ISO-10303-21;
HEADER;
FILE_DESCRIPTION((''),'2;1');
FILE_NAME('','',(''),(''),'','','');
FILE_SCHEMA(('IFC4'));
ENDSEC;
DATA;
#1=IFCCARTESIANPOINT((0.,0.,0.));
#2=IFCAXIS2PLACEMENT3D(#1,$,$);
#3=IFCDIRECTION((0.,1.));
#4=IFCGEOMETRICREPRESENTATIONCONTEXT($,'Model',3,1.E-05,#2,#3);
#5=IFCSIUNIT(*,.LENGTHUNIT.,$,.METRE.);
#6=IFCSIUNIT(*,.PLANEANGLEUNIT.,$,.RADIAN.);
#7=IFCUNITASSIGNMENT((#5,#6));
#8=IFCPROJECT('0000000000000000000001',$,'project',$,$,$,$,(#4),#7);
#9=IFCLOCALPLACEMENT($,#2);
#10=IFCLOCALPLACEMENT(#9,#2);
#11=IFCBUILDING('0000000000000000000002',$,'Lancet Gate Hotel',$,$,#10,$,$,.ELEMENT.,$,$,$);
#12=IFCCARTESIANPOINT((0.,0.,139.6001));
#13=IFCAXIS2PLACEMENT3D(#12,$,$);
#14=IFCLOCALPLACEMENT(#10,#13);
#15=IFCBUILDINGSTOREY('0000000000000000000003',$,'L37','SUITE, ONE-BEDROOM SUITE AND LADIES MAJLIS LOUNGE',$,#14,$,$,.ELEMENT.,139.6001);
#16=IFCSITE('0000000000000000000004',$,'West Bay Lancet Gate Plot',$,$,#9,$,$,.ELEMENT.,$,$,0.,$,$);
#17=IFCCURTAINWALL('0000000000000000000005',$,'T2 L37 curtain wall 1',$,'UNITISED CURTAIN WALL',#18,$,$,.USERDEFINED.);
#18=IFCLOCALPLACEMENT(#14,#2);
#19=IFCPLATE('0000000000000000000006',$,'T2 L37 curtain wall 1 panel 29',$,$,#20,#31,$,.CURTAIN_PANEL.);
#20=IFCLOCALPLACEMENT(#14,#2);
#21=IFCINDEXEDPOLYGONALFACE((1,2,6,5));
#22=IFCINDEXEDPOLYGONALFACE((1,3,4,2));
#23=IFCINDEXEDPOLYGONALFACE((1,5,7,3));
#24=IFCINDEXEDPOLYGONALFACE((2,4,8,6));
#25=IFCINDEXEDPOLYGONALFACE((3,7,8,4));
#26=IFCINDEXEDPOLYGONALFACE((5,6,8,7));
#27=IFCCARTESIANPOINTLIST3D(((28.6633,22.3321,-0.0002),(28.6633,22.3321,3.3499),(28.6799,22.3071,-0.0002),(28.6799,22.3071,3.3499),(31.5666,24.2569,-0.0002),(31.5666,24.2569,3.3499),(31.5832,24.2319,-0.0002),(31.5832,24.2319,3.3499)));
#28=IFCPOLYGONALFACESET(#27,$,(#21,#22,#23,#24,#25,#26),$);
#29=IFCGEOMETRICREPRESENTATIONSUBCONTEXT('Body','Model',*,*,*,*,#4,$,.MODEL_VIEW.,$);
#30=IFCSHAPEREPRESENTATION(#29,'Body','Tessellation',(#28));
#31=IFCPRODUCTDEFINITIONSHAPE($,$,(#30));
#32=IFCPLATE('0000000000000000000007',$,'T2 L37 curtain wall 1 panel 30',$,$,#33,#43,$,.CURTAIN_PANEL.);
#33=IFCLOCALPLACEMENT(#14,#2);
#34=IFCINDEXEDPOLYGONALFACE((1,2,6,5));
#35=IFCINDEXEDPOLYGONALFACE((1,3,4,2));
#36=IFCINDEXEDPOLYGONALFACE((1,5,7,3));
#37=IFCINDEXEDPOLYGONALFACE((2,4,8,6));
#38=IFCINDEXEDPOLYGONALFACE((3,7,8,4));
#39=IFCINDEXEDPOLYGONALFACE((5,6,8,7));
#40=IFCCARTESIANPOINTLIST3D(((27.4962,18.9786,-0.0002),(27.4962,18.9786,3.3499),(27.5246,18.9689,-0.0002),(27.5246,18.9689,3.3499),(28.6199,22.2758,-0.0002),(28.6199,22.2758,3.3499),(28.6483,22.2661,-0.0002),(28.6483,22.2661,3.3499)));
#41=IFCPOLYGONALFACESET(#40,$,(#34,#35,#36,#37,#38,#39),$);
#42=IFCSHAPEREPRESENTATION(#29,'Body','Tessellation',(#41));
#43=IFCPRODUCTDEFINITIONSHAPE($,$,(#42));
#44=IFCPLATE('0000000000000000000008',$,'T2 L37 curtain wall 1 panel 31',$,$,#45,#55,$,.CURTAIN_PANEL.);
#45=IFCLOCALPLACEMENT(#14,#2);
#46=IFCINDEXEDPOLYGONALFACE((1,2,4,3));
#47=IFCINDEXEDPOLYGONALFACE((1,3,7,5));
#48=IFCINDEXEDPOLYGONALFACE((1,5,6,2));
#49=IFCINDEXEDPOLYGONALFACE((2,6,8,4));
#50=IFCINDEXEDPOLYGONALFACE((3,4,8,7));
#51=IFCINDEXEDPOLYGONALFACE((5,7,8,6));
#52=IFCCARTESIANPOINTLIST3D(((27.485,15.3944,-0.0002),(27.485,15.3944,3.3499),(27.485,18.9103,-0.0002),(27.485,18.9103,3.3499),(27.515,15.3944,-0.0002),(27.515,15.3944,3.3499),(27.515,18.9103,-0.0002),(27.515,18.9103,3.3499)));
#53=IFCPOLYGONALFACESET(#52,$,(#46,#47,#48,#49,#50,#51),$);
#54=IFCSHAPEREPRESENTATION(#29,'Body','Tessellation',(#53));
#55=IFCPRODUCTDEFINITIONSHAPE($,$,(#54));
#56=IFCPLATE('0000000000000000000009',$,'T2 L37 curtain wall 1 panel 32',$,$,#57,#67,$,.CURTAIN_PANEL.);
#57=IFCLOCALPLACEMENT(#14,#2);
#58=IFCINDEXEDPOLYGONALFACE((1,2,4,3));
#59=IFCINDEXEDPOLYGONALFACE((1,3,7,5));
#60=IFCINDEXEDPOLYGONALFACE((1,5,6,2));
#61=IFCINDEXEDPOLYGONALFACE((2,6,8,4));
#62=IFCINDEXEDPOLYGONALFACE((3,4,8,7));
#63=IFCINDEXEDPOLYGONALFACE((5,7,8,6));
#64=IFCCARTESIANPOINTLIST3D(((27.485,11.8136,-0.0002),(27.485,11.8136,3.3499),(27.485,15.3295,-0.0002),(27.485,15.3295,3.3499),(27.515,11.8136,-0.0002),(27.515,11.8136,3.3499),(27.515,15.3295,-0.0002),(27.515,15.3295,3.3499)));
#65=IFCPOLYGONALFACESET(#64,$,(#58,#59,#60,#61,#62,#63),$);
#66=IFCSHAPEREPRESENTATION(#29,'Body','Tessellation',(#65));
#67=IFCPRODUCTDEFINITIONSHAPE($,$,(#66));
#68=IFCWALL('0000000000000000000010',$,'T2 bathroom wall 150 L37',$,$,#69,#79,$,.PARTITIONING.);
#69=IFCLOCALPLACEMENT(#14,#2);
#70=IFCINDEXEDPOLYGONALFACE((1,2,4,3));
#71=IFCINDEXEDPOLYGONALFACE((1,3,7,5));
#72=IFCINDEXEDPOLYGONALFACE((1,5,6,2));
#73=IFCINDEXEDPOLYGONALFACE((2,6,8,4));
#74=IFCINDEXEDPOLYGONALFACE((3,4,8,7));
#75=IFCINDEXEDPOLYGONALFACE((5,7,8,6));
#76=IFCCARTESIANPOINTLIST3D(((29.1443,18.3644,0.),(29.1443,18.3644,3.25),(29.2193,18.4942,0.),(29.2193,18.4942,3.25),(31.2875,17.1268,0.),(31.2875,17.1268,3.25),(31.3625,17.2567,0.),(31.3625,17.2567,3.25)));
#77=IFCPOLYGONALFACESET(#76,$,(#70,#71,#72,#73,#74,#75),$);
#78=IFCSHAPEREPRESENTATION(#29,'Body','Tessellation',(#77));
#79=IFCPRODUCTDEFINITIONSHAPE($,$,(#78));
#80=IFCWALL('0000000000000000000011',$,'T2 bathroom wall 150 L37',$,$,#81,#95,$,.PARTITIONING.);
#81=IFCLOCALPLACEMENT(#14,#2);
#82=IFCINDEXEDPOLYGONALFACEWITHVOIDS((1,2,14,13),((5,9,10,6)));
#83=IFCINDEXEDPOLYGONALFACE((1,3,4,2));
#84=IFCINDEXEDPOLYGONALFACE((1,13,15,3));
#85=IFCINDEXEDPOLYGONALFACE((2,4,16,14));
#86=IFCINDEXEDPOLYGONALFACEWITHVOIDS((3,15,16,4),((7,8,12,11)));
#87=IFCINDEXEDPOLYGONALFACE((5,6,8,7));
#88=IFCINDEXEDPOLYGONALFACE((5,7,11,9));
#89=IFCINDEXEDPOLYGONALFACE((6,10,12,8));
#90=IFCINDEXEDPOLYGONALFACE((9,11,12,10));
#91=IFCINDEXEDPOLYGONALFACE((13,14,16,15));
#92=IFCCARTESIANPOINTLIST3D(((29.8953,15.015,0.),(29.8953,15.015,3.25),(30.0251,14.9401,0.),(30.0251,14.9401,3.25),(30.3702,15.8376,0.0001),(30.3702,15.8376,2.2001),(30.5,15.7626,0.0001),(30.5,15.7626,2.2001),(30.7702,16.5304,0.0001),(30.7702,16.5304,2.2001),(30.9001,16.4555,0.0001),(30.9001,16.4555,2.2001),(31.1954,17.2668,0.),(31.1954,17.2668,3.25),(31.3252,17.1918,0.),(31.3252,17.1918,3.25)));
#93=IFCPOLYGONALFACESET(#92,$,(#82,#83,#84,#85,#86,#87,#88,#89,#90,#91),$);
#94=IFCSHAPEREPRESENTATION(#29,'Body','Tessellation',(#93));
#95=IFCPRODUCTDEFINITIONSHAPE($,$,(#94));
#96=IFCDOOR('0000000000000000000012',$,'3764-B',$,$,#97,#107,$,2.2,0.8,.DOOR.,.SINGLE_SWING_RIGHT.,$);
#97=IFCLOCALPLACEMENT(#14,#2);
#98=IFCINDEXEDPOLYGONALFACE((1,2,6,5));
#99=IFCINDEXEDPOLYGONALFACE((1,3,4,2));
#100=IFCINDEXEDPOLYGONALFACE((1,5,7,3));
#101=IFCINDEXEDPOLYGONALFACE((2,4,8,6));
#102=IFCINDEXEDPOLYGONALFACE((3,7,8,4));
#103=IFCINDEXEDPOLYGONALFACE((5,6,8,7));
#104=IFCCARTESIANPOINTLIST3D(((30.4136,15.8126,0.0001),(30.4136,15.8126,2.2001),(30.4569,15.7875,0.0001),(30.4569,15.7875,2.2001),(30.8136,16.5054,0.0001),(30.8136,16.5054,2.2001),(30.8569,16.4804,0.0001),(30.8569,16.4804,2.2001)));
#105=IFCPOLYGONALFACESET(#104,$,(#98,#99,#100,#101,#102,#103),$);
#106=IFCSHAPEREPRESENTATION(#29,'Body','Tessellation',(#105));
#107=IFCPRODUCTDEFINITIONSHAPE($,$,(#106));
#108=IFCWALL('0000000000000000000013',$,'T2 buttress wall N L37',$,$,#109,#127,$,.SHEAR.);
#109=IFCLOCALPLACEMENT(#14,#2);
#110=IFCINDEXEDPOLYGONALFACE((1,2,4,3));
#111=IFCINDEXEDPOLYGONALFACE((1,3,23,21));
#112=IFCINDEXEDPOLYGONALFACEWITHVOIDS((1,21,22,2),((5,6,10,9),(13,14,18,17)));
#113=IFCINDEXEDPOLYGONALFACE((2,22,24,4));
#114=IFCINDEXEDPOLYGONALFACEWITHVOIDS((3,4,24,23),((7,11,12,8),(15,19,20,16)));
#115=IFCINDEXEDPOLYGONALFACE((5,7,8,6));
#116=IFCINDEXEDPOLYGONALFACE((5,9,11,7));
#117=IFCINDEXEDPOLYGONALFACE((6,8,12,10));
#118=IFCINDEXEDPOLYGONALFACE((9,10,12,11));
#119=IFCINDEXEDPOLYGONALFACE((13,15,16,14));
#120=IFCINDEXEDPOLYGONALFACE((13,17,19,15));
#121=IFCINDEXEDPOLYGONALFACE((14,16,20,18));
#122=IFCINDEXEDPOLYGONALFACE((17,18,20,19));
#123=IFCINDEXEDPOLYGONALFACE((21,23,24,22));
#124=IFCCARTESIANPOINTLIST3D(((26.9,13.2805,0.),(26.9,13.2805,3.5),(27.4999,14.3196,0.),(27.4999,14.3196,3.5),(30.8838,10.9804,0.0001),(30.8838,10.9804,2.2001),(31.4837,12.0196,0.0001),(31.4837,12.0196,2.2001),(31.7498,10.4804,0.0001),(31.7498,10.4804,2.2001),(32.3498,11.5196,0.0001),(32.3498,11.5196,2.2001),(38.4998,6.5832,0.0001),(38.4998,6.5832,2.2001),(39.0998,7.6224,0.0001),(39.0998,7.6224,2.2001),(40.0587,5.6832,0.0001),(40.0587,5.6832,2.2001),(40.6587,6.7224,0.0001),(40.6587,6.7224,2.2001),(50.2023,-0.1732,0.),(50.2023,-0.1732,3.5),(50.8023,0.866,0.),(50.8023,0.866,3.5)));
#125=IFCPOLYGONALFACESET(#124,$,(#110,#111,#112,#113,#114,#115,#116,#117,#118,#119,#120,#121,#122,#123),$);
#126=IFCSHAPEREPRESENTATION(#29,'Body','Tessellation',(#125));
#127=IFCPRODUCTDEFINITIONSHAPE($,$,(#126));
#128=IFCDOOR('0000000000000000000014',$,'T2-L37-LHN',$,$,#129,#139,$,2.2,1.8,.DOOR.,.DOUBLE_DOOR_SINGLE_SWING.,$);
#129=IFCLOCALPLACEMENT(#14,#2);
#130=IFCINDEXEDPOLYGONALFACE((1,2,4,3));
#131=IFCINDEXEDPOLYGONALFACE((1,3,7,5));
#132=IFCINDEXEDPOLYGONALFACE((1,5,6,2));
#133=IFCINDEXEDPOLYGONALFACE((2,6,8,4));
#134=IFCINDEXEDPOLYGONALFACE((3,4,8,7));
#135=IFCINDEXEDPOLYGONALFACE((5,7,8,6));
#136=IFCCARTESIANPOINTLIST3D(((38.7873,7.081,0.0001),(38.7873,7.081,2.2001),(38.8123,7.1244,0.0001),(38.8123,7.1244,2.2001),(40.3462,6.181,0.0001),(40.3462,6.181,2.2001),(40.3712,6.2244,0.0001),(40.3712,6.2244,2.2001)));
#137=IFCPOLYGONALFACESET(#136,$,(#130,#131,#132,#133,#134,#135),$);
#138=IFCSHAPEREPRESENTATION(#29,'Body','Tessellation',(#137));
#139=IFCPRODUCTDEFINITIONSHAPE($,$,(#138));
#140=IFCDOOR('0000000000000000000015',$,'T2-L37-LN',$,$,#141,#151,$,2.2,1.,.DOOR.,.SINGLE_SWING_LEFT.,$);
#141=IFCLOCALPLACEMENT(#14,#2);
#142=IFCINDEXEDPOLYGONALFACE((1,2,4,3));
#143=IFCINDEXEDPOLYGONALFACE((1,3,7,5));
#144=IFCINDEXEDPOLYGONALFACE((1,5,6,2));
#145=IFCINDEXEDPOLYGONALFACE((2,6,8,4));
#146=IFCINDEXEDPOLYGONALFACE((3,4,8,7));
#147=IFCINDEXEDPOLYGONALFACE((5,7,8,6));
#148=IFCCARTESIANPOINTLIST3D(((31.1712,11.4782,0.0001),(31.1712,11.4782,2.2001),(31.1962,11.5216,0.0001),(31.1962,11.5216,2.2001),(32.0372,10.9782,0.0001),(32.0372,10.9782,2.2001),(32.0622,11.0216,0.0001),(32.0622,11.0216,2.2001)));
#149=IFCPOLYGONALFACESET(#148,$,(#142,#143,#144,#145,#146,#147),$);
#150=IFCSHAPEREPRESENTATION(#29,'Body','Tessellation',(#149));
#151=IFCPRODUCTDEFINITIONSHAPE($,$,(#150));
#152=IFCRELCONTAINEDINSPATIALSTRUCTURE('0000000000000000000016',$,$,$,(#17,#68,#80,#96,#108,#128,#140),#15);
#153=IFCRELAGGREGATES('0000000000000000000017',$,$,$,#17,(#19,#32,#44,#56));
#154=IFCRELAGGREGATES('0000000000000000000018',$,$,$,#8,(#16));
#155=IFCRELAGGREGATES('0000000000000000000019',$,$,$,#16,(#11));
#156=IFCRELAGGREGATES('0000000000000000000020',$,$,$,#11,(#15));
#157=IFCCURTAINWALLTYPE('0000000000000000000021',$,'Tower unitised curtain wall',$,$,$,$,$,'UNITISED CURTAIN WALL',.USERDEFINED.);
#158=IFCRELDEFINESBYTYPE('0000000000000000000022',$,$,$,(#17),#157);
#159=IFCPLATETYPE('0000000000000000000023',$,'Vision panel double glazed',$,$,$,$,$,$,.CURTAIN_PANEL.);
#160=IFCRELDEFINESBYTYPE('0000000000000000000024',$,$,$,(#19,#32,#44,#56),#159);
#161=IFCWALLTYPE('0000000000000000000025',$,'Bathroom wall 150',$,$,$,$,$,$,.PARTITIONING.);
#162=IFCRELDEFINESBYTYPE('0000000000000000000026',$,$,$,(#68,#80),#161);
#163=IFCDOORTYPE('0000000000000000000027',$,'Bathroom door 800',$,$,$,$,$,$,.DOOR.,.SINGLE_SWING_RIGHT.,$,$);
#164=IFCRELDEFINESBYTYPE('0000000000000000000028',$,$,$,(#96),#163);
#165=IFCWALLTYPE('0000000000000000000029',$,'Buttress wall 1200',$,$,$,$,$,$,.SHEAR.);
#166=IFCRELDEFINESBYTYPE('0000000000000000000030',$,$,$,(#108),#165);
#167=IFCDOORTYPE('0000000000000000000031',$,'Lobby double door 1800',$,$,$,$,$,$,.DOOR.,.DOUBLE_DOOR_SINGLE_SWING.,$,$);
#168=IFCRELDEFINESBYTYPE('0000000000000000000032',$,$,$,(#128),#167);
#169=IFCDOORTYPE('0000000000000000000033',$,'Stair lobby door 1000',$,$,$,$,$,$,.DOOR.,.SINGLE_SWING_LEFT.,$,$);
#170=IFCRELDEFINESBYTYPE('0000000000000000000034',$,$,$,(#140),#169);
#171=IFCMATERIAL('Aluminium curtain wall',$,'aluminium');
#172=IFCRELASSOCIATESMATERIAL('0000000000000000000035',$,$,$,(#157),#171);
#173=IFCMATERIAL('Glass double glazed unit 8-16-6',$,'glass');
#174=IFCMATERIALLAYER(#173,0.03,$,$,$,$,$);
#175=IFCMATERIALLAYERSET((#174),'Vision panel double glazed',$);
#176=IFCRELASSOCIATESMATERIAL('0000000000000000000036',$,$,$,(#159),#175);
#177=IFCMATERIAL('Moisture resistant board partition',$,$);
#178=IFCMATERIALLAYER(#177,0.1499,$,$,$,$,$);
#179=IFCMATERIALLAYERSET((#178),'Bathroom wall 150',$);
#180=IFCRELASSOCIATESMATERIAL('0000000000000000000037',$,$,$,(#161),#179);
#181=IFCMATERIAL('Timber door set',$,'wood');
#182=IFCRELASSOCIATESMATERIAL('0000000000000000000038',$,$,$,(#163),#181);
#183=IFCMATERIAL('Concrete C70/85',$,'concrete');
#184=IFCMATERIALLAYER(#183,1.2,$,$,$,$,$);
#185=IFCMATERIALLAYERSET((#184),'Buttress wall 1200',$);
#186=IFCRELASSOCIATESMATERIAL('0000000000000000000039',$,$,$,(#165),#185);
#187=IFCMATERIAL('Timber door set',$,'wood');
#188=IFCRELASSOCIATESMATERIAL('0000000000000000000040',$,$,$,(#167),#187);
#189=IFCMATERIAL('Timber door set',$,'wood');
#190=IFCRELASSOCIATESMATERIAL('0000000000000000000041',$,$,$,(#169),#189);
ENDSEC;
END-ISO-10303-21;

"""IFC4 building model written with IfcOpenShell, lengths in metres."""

from ifc_helpers import new_model, si_unit, direction, frame, frame_2d, origin, origin_2d, place, context, subcontext, project, spatial, rectangle, extrude, material, layer, layer_set, type_object, element, fill, aggregate, save


model = new_model("IFC4")

# Units and contexts
model_context = context("Model", 3, precision=1e-05, world=origin(), true_north=direction((0.0, 1.0)))
body_context = subcontext(model_context, "Body", "Model", "MODEL_VIEW")
ifc_project = project(units=[si_unit("LENGTHUNIT", "METRE"), si_unit("PLANEANGLEUNIT", "RADIAN")], contexts=[model_context])

# Site, building, storey
site_placement = place(None, origin())
site = spatial("IfcSite", under=ifc_project, at=site_placement, Name="West Bay Lancet Gate Plot", CompositionType="ELEMENT", RefElevation=0.0)
building_placement = place(site_placement, origin())
building = spatial("IfcBuilding", under=site, at=building_placement, Name="Lancet Gate Hotel", CompositionType="ELEMENT")
storey_placement = place(building_placement, frame((0.0, 0.0, 139.6001)))
storey = spatial("IfcBuildingStorey", under=building, at=storey_placement, Name="L37", Description="SUITE, ONE-BEDROOM SUITE AND LADIES MAJLIS LOUNGE", CompositionType="ELEMENT", Elevation=139.6001)

# Curtain wall
ifc_material_1 = material(Name="Aluminium curtain wall", Category="aluminium")
curtain_wall_type = type_object("IfcCurtainWallType", Name="Tower unitised curtain wall", ElementType="UNITISED CURTAIN WALL", PredefinedType="USERDEFINED", material=ifc_material_1)
curtain_wall_placement = place(storey_placement, origin())
curtain_wall = element("IfcCurtainWall", 1, at=curtain_wall_placement, inside=storey, type_object=curtain_wall_type, Name="T2 L37 curtain wall 1", ObjectType="UNITISED CURTAIN WALL", PredefinedType="USERDEFINED")

# Plates
ifc_material_2 = material(Name="Glass double glazed unit 8-16-6", Category="glass")
ifc_layer_1 = layer(ifc_material_2, 0.03)
ifc_layer_set_1 = layer_set([ifc_layer_1], Name="Vision panel double glazed")
plate_type = type_object("IfcPlateType", Name="Vision panel double glazed", PredefinedType="CURTAIN_PANEL", material=ifc_layer_set_1)
plate_1_placement = place(storey_placement, frame((30.1233, 23.282, -0.0002), z_axis=(0.0, 0.0, 1.0), x_axis=(-0.833465, -0.552573, 0.0)))
plate_1 = element("IfcPlate", 2, at=plate_1_placement, type_object=plate_type, Name="T2 L37 curtain wall 1 panel 29", PredefinedType="CURTAIN_PANEL", context=body_context, shape_type="SweptSolid", body=[
    extrude(rectangle(XDim=3.4834, YDim=0.03, at=origin_2d()), origin(), (0.0, 0.0, 1.0), 3.3501),
])
plate_2_placement = place(storey_placement, frame((28.0723, 20.6223, -0.0002), z_axis=(0.0, 0.0, 1.0), x_axis=(-0.322576, -0.946544, 0.0)))
plate_2 = element("IfcPlate", 3, at=plate_2_placement, type_object=plate_type, Name="T2 L37 curtain wall 1 panel 30", PredefinedType="CURTAIN_PANEL", context=body_context, shape_type="SweptSolid", body=[
    extrude(rectangle(XDim=3.4834, YDim=0.03, at=origin_2d()), origin(), (0.0, 0.0, 1.0), 3.3501),
])
plate_3_placement = place(storey_placement, frame((27.5, 17.1523, -0.0002), z_axis=(0.0, 0.0, 1.0), x_axis=(0.0, -1.0, 0.0)))
plate_3 = element("IfcPlate", 4, at=plate_3_placement, type_object=plate_type, Name="T2 L37 curtain wall 1 panel 31", PredefinedType="CURTAIN_PANEL", context=body_context, shape_type="SweptSolid", body=[
    extrude(rectangle(XDim=3.5159, YDim=0.03, at=origin_2d()), origin(), (0.0, 0.0, 1.0), 3.3501),
])
plate_4_placement = place(storey_placement, frame((27.5, 13.5715, -0.0002), z_axis=(0.0, 0.0, 1.0), x_axis=(0.0, -1.0, 0.0)))
plate_4 = element("IfcPlate", 5, at=plate_4_placement, type_object=plate_type, Name="T2 L37 curtain wall 1 panel 32", PredefinedType="CURTAIN_PANEL", context=body_context, shape_type="SweptSolid", body=[
    extrude(rectangle(XDim=3.5159, YDim=0.03, at=origin_2d()), origin(), (0.0, 0.0, 1.0), 3.3501),
])
aggregate(curtain_wall, [plate_1, plate_2, plate_3, plate_4])

# Wall
ifc_material_3 = material(Name="Moisture resistant board partition")
ifc_layer_2 = layer(ifc_material_3, 0.1499)
ifc_layer_set_2 = layer_set([ifc_layer_2], Name="Bathroom wall 150")
wall_type_1 = type_object("IfcWallType", Name="Bathroom wall 150", PredefinedType="PARTITIONING", material=ifc_layer_set_2)
wall_1_placement = place(storey_placement, frame((29.1819, 18.4292, 0.0), z_axis=(0.0, 0.0, 1.0), x_axis=(0.866007, -0.500033, 0.0)))
element("IfcWall", 6, at=wall_1_placement, inside=storey, type_object=wall_type_1, Name="T2 bathroom wall 150 L37", PredefinedType="PARTITIONING", context=body_context, shape_type="SweptSolid", body=[
    extrude(rectangle(XDim=2.4749, YDim=0.1499, at=frame_2d((1.2373, 0.0))), origin(), (0.0, 0.0, 1.0), 3.25),
])

# Wall, opening, door
wall_2_placement = place(storey_placement, frame((29.9602, 14.9775, 0.0), z_axis=(0.0, 0.0, 1.0), x_axis=(0.500007, 0.866021, 0.0)))
wall_2 = element("IfcWall", 7, at=wall_2_placement, inside=storey, type_object=wall_type_1, Name="T2 bathroom wall 150 L37", PredefinedType="PARTITIONING", context=body_context, shape_type="SweptSolid", body=[
    extrude(rectangle(XDim=2.6001, YDim=0.1499, at=frame_2d((1.3, 0.0))), origin(), (0.0, 0.0, 1.0), 3.25),
])
opening_1_placement = place(wall_2_placement, frame((0.95, 0.0, 0.0)))
opening_1 = element("IfcOpeningElement", 8, at=opening_1_placement, cuts=wall_2, PredefinedType="OPENING", context=body_context, shape_type="SweptSolid", body=[
    extrude(rectangle(XDim=0.8, YDim=2.2, at=frame_2d((0.3999, 1.1001))), frame((0.0, 0.085, 0.0), z_axis=(0.0, -1.0, 0.0), x_axis=(1.0, 0.0, 0.0)), (0.0, 0.0, 1.0), 0.1699),
])
ifc_material_4 = material(Name="Timber door set", Category="wood")
door_type_1 = type_object("IfcDoorType", Name="Bathroom door 800", OperationType="SINGLE_SWING_RIGHT", PredefinedType="DOOR", material=ifc_material_4)
door_1_placement = place(opening_1_placement, origin())
door_1 = element("IfcDoor", 9, at=door_1_placement, inside=storey, type_object=door_type_1, Name="3764-B", OperationType="SINGLE_SWING_RIGHT", OverallHeight=2.2, OverallWidth=0.8, PredefinedType="DOOR", context=body_context, shape_type="SweptSolid", body=[
    extrude(rectangle(XDim=0.8, YDim=2.2, at=frame_2d((0.3999, 1.1001))), frame((0.0, 0.0249, 0.0), z_axis=(0.0, -1.0, 0.0), x_axis=(1.0, 0.0, 0.0)), (0.0, 0.0, 1.0), 0.05),
])
fill(opening_1, door_1)

# Wall, openings, doors
ifc_material_5 = material(Name="Concrete C70/85", Category="concrete")
ifc_layer_3 = layer(ifc_material_5, 1.2)
ifc_layer_set_3 = layer_set([ifc_layer_3], Name="Buttress wall 1200")
wall_type_2 = type_object("IfcWallType", Name="Buttress wall 1200", PredefinedType="SHEAR", material=ifc_layer_set_3)
wall_3_placement = place(storey_placement, frame((27.2, 13.8, 0.0), z_axis=(0.0, 0.0, 1.0), x_axis=(0.866025, -0.500002, 0.0)))
wall_3 = element("IfcWall", 10, at=wall_3_placement, inside=storey, type_object=wall_type_2, Name="T2 buttress wall N L37", PredefinedType="SHEAR", context=body_context, shape_type="SweptSolid", body=[
    extrude(rectangle(XDim=26.9072, YDim=1.2, at=frame_2d((13.4536, 0.0))), origin(), (0.0, 0.0, 1.0), 3.5),
])
opening_2_placement = place(wall_3_placement, frame((4.6001, 0.0, 0.0)))
opening_2 = element("IfcOpeningElement", 11, at=opening_2_placement, cuts=wall_3, PredefinedType="OPENING", context=body_context, shape_type="SweptSolid", body=[
    extrude(rectangle(XDim=1.0, YDim=2.2, at=frame_2d((0.5, 1.1001))), frame((0.0, 0.6099, 0.0), z_axis=(0.0, -1.0, 0.0), x_axis=(1.0, 0.0, 0.0)), (0.0, 0.0, 1.0), 1.22),
])
opening_3_placement = place(wall_3_placement, frame((13.3945, 0.0, 0.0)))
opening_3 = element("IfcOpeningElement", 12, at=opening_3_placement, cuts=wall_3, PredefinedType="OPENING", context=body_context, shape_type="SweptSolid", body=[
    extrude(rectangle(XDim=1.8, YDim=2.2, at=frame_2d((0.8999, 1.1001))), frame((0.0, 0.6099, 0.0), z_axis=(0.0, -1.0, 0.0), x_axis=(1.0, 0.0, 0.0)), (0.0, 0.0, 1.0), 1.22),
])
ifc_material_6 = material(Name="Timber door set", Category="wood")
door_type_2 = type_object("IfcDoorType", Name="Lobby double door 1800", OperationType="DOUBLE_DOOR_SINGLE_SWING", PredefinedType="DOOR", material=ifc_material_6)
door_2_placement = place(opening_3_placement, origin())
door_2 = element("IfcDoor", 13, at=door_2_placement, inside=storey, type_object=door_type_2, Name="T2-L37-LHN", OperationType="DOUBLE_DOOR_SINGLE_SWING", OverallHeight=2.2, OverallWidth=1.8, PredefinedType="DOOR", context=body_context, shape_type="SweptSolid", body=[
    extrude(rectangle(XDim=1.8, YDim=2.2, at=frame_2d((0.8999, 1.1001))), frame((0.0, 0.0249, 0.0), z_axis=(0.0, -1.0, 0.0), x_axis=(1.0, 0.0, 0.0)), (0.0, 0.0, 1.0), 0.05),
])
fill(opening_3, door_2)
ifc_material_7 = material(Name="Timber door set", Category="wood")
door_type_3 = type_object("IfcDoorType", Name="Stair lobby door 1000", OperationType="SINGLE_SWING_LEFT", PredefinedType="DOOR", material=ifc_material_7)
door_3_placement = place(opening_2_placement, origin())
door_3 = element("IfcDoor", 14, at=door_3_placement, inside=storey, type_object=door_type_3, Name="T2-L37-LN", OperationType="SINGLE_SWING_LEFT", OverallHeight=2.2, OverallWidth=1.0, PredefinedType="DOOR", context=body_context, shape_type="SweptSolid", body=[
    extrude(rectangle(XDim=1.0, YDim=2.2, at=frame_2d((0.5, 1.1001))), frame((0.0, 0.0249, 0.0), z_axis=(0.0, -1.0, 0.0), x_axis=(1.0, 0.0, 0.0)), (0.0, 0.0, 1.0), 0.05),
])
fill(opening_2, door_3)

save(model, "model.ifc")
